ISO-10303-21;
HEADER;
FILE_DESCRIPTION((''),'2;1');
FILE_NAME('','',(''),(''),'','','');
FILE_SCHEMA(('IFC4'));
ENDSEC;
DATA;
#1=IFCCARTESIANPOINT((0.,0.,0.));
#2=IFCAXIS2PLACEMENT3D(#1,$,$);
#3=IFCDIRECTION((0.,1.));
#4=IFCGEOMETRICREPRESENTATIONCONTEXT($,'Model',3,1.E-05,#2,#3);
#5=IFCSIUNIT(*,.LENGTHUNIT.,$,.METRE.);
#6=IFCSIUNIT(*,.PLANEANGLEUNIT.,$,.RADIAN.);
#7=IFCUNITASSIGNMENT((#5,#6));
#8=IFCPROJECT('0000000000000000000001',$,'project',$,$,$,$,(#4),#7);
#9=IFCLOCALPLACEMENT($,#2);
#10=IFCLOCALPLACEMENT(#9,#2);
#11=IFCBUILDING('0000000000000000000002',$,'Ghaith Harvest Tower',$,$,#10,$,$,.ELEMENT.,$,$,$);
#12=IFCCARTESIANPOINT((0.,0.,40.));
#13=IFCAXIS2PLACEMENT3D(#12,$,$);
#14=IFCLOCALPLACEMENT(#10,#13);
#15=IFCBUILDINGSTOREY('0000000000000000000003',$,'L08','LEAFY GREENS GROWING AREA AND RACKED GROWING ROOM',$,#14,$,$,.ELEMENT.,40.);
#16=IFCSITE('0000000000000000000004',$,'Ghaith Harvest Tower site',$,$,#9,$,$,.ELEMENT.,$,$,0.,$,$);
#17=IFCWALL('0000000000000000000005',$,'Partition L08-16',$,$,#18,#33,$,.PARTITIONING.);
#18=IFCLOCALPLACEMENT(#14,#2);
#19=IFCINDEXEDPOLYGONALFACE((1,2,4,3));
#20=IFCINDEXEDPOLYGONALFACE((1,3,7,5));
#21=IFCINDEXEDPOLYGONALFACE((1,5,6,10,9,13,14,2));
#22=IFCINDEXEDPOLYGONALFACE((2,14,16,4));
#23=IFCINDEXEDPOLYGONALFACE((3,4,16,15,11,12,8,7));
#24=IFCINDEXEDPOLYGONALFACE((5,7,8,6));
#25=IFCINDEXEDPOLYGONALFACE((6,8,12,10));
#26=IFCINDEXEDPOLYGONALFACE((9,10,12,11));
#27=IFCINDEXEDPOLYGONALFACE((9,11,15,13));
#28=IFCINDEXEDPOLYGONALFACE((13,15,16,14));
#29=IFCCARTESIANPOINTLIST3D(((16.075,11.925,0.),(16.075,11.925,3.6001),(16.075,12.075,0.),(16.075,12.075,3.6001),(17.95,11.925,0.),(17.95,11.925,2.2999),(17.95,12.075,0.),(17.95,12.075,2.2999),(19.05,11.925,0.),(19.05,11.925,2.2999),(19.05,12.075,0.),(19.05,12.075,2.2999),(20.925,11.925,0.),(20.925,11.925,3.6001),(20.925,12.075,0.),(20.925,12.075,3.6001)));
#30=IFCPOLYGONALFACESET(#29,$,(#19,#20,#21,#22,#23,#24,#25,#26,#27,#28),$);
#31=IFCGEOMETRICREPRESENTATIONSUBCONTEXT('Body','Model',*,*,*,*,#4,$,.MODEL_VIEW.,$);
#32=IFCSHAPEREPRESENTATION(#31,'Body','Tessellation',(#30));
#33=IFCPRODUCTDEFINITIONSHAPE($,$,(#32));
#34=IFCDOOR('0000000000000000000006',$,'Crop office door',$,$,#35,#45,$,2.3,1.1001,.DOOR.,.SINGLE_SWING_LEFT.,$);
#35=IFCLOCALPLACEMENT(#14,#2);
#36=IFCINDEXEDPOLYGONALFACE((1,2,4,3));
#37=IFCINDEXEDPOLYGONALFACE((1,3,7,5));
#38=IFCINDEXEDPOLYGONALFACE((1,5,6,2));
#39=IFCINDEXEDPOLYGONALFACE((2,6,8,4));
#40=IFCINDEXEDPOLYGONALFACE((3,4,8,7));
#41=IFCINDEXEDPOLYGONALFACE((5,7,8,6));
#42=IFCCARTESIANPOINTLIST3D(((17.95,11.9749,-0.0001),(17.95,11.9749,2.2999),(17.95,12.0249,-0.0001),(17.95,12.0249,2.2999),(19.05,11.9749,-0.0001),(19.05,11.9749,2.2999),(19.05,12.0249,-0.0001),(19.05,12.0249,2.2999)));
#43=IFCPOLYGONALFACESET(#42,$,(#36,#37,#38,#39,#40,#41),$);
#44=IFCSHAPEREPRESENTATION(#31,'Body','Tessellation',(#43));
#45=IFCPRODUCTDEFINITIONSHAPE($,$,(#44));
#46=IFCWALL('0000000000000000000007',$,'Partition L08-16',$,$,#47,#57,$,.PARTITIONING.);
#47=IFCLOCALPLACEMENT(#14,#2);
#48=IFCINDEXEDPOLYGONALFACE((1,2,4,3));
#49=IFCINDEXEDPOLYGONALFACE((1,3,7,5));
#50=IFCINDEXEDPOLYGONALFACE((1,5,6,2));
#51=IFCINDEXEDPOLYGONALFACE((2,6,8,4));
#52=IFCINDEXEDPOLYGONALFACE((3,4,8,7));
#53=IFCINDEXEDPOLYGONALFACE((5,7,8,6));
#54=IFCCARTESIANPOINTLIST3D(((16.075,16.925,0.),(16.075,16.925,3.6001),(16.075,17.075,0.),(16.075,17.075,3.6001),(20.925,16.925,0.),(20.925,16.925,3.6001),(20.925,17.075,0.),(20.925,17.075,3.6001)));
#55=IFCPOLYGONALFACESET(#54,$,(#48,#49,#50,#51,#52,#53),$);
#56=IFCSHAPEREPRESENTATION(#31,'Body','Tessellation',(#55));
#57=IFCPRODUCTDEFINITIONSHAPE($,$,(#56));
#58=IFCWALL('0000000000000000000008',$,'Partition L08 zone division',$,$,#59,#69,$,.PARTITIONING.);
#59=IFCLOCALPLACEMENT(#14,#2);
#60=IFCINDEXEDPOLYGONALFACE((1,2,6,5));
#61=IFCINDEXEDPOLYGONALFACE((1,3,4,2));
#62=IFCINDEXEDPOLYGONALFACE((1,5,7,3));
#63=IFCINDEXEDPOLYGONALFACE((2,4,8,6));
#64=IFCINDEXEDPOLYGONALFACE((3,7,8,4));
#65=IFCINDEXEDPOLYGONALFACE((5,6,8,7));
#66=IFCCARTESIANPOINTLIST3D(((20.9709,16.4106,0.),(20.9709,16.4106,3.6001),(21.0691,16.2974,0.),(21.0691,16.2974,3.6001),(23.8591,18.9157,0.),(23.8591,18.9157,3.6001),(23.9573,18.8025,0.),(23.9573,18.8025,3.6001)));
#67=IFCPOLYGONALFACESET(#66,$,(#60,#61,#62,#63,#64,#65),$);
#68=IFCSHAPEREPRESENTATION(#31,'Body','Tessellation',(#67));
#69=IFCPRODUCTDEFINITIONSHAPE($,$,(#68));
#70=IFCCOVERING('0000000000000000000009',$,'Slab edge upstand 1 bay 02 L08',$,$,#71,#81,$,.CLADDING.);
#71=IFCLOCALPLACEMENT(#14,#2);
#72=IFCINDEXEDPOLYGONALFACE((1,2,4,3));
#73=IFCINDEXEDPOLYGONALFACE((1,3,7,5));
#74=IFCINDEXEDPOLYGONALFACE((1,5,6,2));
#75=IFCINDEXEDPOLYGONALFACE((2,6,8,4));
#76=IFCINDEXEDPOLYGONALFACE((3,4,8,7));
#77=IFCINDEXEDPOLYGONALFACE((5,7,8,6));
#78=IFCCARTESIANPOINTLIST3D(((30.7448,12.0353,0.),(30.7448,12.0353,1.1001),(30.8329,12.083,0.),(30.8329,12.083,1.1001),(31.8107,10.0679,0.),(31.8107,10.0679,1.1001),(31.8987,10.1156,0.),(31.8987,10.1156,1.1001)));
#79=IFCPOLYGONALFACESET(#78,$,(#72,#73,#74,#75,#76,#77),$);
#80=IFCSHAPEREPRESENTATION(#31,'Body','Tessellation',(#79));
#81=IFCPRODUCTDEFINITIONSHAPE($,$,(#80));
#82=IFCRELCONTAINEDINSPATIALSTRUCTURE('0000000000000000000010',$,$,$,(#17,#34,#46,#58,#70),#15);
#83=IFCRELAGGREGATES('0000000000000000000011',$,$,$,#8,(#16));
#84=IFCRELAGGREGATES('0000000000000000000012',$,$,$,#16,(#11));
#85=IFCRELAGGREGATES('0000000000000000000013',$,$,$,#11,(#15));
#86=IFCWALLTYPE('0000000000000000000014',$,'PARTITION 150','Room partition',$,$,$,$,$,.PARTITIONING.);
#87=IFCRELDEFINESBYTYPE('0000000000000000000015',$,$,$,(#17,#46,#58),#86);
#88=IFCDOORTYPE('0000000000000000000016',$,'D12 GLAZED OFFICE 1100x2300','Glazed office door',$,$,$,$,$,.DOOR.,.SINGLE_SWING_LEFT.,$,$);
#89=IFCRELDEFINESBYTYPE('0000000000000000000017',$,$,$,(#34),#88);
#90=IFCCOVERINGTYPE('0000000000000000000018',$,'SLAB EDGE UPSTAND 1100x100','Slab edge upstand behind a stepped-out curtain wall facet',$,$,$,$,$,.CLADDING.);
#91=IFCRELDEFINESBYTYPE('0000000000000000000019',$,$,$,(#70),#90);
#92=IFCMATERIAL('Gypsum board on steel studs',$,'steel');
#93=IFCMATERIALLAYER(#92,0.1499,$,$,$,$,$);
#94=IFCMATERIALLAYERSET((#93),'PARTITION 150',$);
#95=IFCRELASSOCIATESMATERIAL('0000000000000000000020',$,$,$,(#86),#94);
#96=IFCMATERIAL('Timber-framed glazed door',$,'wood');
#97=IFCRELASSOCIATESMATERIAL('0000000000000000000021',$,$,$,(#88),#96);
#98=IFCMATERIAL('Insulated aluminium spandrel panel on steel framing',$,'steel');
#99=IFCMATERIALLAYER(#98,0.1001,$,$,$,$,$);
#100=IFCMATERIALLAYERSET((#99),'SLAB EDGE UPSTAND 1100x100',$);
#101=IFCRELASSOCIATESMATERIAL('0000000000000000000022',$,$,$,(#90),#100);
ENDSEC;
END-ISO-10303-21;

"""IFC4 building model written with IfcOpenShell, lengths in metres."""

from ifc_helpers import new_model, si_unit, direction, frame, frame_2d, origin, origin_2d, place, context, subcontext, project, spatial, rectangle, extrude, material, layer, layer_set, type_object, element, fill, save


model = new_model("IFC4")

# Units and contexts
model_context = context("Model", 3, precision=1e-05, world=origin(), true_north=direction((0.0, 1.0)))
body_context = subcontext(model_context, "Body", "Model", "MODEL_VIEW")
ifc_project = project(units=[si_unit("LENGTHUNIT", "METRE"), si_unit("PLANEANGLEUNIT", "RADIAN")], contexts=[model_context])

# Site, building, storey
site_placement = place(None, origin())
site = spatial("IfcSite", under=ifc_project, at=site_placement, Name="Ghaith Harvest Tower site", CompositionType="ELEMENT", RefElevation=0.0)
building_placement = place(site_placement, origin())
building = spatial("IfcBuilding", under=site, at=building_placement, Name="Ghaith Harvest Tower", CompositionType="ELEMENT")
storey_placement = place(building_placement, frame((0.0, 0.0, 40.0)))
storey = spatial("IfcBuildingStorey", under=building, at=storey_placement, Name="L08", Description="LEAFY GREENS GROWING AREA AND RACKED GROWING ROOM", CompositionType="ELEMENT", Elevation=40.0)

# Shared definitions
ifc_material_1 = material(Name="Gypsum board on steel studs", Category="steel")
ifc_layer_1 = layer(ifc_material_1, 0.1499)
ifc_layer_set_1 = layer_set([ifc_layer_1], Name="PARTITION 150")
wall_type = type_object("IfcWallType", Name="PARTITION 150", Description="Room partition", PredefinedType="PARTITIONING", material=ifc_layer_set_1)

# Wall, opening, door
wall_1_placement = place(storey_placement, frame((16.075, 12.0, 0.0), z_axis=(0.0, 0.0, 1.0), x_axis=(1.0, 0.0, 0.0)))
wall_1 = element("IfcWall", 1, at=wall_1_placement, inside=storey, type_object=wall_type, Name="Partition L08-16", PredefinedType="PARTITIONING", context=body_context, shape_type="SweptSolid", body=[
    extrude(rectangle(XDim=4.8501, YDim=0.1499, at=frame_2d((2.425, 0.0))), origin(), (0.0, 0.0, 1.0), 3.6001),
])
opening_placement = place(wall_1_placement, frame((1.875, 0.0, 0.0)))
opening = element("IfcOpeningElement", 2, at=opening_placement, cuts=wall_1, PredefinedType="OPENING", context=body_context, shape_type="SweptSolid", body=[
    extrude(rectangle(XDim=1.1001, YDim=2.3, at=frame_2d((0.55, 1.1499))), frame((0.0, 0.085, 0.0), z_axis=(0.0, -1.0, 0.0), x_axis=(1.0, 0.0, 0.0)), (0.0, 0.0, 1.0), 0.1699),
])
ifc_material_2 = material(Name="Timber-framed glazed door", Category="wood")
door_type = type_object("IfcDoorType", Name="D12 GLAZED OFFICE 1100x2300", Description="Glazed office door", OperationType="SINGLE_SWING_LEFT", PredefinedType="DOOR", material=ifc_material_2)
door_placement = place(opening_placement, origin())
door = element("IfcDoor", 3, at=door_placement, inside=storey, type_object=door_type, Name="Crop office door", OperationType="SINGLE_SWING_LEFT", OverallHeight=2.3, OverallWidth=1.1001, PredefinedType="DOOR", context=body_context, shape_type="SweptSolid", body=[
    extrude(rectangle(XDim=1.1001, YDim=2.3, at=frame_2d((0.55, 1.1499))), frame((0.0, 0.0249, 0.0), z_axis=(0.0, -1.0, 0.0), x_axis=(1.0, 0.0, 0.0)), (0.0, 0.0, 1.0), 0.05),
])
fill(opening, door)

# Walls
wall_2_placement = place(storey_placement, frame((16.075, 17.0, 0.0), z_axis=(0.0, 0.0, 1.0), x_axis=(1.0, 0.0, 0.0)))
element("IfcWall", 4, at=wall_2_placement, inside=storey, type_object=wall_type, Name="Partition L08-16", PredefinedType="PARTITIONING", context=body_context, shape_type="SweptSolid", body=[
    extrude(rectangle(XDim=4.8501, YDim=0.1499, at=frame_2d((2.425, 0.0))), origin(), (0.0, 0.0, 1.0), 3.6001),
])
wall_3_placement = place(storey_placement, frame((21.02, 16.354, 0.0), z_axis=(0.0, 0.0, 1.0), x_axis=(0.755426, 0.655234, 0.0)))
element("IfcWall", 5, at=wall_3_placement, inside=storey, type_object=wall_type, Name="Partition L08 zone division", PredefinedType="PARTITIONING", context=body_context, shape_type="SweptSolid", body=[
    extrude(rectangle(XDim=3.8232, YDim=0.1499, at=frame_2d((1.9116, 0.0))), origin(), (0.0, 0.0, 1.0), 3.6001),
])

# Covering
ifc_material_3 = material(Name="Insulated aluminium spandrel panel on steel framing", Category="steel")
ifc_layer_2 = layer(ifc_material_3, 0.1001)
ifc_layer_set_2 = layer_set([ifc_layer_2], Name="SLAB EDGE UPSTAND 1100x100")
covering_type = type_object("IfcCoveringType", Name="SLAB EDGE UPSTAND 1100x100", Description="Slab edge upstand behind a stepped-out curtain wall facet", PredefinedType="CLADDING", material=ifc_layer_set_2)
covering_placement = place(storey_placement, frame((31.3218, 11.0754, 0.0), z_axis=(0.0, 0.0, 1.0), x_axis=(-0.476349, 0.879256, 0.0)))
element("IfcCovering", 6, at=covering_placement, inside=storey, type_object=covering_type, Name="Slab edge upstand 1 bay 02 L08", PredefinedType="CLADDING", context=body_context, shape_type="SweptSolid", body=[
    extrude(rectangle(XDim=2.2375, YDim=0.1001, at=origin_2d()), origin(), (0.0, 0.0, 1.0), 1.1001),
])

save(model, "model.ifc")
